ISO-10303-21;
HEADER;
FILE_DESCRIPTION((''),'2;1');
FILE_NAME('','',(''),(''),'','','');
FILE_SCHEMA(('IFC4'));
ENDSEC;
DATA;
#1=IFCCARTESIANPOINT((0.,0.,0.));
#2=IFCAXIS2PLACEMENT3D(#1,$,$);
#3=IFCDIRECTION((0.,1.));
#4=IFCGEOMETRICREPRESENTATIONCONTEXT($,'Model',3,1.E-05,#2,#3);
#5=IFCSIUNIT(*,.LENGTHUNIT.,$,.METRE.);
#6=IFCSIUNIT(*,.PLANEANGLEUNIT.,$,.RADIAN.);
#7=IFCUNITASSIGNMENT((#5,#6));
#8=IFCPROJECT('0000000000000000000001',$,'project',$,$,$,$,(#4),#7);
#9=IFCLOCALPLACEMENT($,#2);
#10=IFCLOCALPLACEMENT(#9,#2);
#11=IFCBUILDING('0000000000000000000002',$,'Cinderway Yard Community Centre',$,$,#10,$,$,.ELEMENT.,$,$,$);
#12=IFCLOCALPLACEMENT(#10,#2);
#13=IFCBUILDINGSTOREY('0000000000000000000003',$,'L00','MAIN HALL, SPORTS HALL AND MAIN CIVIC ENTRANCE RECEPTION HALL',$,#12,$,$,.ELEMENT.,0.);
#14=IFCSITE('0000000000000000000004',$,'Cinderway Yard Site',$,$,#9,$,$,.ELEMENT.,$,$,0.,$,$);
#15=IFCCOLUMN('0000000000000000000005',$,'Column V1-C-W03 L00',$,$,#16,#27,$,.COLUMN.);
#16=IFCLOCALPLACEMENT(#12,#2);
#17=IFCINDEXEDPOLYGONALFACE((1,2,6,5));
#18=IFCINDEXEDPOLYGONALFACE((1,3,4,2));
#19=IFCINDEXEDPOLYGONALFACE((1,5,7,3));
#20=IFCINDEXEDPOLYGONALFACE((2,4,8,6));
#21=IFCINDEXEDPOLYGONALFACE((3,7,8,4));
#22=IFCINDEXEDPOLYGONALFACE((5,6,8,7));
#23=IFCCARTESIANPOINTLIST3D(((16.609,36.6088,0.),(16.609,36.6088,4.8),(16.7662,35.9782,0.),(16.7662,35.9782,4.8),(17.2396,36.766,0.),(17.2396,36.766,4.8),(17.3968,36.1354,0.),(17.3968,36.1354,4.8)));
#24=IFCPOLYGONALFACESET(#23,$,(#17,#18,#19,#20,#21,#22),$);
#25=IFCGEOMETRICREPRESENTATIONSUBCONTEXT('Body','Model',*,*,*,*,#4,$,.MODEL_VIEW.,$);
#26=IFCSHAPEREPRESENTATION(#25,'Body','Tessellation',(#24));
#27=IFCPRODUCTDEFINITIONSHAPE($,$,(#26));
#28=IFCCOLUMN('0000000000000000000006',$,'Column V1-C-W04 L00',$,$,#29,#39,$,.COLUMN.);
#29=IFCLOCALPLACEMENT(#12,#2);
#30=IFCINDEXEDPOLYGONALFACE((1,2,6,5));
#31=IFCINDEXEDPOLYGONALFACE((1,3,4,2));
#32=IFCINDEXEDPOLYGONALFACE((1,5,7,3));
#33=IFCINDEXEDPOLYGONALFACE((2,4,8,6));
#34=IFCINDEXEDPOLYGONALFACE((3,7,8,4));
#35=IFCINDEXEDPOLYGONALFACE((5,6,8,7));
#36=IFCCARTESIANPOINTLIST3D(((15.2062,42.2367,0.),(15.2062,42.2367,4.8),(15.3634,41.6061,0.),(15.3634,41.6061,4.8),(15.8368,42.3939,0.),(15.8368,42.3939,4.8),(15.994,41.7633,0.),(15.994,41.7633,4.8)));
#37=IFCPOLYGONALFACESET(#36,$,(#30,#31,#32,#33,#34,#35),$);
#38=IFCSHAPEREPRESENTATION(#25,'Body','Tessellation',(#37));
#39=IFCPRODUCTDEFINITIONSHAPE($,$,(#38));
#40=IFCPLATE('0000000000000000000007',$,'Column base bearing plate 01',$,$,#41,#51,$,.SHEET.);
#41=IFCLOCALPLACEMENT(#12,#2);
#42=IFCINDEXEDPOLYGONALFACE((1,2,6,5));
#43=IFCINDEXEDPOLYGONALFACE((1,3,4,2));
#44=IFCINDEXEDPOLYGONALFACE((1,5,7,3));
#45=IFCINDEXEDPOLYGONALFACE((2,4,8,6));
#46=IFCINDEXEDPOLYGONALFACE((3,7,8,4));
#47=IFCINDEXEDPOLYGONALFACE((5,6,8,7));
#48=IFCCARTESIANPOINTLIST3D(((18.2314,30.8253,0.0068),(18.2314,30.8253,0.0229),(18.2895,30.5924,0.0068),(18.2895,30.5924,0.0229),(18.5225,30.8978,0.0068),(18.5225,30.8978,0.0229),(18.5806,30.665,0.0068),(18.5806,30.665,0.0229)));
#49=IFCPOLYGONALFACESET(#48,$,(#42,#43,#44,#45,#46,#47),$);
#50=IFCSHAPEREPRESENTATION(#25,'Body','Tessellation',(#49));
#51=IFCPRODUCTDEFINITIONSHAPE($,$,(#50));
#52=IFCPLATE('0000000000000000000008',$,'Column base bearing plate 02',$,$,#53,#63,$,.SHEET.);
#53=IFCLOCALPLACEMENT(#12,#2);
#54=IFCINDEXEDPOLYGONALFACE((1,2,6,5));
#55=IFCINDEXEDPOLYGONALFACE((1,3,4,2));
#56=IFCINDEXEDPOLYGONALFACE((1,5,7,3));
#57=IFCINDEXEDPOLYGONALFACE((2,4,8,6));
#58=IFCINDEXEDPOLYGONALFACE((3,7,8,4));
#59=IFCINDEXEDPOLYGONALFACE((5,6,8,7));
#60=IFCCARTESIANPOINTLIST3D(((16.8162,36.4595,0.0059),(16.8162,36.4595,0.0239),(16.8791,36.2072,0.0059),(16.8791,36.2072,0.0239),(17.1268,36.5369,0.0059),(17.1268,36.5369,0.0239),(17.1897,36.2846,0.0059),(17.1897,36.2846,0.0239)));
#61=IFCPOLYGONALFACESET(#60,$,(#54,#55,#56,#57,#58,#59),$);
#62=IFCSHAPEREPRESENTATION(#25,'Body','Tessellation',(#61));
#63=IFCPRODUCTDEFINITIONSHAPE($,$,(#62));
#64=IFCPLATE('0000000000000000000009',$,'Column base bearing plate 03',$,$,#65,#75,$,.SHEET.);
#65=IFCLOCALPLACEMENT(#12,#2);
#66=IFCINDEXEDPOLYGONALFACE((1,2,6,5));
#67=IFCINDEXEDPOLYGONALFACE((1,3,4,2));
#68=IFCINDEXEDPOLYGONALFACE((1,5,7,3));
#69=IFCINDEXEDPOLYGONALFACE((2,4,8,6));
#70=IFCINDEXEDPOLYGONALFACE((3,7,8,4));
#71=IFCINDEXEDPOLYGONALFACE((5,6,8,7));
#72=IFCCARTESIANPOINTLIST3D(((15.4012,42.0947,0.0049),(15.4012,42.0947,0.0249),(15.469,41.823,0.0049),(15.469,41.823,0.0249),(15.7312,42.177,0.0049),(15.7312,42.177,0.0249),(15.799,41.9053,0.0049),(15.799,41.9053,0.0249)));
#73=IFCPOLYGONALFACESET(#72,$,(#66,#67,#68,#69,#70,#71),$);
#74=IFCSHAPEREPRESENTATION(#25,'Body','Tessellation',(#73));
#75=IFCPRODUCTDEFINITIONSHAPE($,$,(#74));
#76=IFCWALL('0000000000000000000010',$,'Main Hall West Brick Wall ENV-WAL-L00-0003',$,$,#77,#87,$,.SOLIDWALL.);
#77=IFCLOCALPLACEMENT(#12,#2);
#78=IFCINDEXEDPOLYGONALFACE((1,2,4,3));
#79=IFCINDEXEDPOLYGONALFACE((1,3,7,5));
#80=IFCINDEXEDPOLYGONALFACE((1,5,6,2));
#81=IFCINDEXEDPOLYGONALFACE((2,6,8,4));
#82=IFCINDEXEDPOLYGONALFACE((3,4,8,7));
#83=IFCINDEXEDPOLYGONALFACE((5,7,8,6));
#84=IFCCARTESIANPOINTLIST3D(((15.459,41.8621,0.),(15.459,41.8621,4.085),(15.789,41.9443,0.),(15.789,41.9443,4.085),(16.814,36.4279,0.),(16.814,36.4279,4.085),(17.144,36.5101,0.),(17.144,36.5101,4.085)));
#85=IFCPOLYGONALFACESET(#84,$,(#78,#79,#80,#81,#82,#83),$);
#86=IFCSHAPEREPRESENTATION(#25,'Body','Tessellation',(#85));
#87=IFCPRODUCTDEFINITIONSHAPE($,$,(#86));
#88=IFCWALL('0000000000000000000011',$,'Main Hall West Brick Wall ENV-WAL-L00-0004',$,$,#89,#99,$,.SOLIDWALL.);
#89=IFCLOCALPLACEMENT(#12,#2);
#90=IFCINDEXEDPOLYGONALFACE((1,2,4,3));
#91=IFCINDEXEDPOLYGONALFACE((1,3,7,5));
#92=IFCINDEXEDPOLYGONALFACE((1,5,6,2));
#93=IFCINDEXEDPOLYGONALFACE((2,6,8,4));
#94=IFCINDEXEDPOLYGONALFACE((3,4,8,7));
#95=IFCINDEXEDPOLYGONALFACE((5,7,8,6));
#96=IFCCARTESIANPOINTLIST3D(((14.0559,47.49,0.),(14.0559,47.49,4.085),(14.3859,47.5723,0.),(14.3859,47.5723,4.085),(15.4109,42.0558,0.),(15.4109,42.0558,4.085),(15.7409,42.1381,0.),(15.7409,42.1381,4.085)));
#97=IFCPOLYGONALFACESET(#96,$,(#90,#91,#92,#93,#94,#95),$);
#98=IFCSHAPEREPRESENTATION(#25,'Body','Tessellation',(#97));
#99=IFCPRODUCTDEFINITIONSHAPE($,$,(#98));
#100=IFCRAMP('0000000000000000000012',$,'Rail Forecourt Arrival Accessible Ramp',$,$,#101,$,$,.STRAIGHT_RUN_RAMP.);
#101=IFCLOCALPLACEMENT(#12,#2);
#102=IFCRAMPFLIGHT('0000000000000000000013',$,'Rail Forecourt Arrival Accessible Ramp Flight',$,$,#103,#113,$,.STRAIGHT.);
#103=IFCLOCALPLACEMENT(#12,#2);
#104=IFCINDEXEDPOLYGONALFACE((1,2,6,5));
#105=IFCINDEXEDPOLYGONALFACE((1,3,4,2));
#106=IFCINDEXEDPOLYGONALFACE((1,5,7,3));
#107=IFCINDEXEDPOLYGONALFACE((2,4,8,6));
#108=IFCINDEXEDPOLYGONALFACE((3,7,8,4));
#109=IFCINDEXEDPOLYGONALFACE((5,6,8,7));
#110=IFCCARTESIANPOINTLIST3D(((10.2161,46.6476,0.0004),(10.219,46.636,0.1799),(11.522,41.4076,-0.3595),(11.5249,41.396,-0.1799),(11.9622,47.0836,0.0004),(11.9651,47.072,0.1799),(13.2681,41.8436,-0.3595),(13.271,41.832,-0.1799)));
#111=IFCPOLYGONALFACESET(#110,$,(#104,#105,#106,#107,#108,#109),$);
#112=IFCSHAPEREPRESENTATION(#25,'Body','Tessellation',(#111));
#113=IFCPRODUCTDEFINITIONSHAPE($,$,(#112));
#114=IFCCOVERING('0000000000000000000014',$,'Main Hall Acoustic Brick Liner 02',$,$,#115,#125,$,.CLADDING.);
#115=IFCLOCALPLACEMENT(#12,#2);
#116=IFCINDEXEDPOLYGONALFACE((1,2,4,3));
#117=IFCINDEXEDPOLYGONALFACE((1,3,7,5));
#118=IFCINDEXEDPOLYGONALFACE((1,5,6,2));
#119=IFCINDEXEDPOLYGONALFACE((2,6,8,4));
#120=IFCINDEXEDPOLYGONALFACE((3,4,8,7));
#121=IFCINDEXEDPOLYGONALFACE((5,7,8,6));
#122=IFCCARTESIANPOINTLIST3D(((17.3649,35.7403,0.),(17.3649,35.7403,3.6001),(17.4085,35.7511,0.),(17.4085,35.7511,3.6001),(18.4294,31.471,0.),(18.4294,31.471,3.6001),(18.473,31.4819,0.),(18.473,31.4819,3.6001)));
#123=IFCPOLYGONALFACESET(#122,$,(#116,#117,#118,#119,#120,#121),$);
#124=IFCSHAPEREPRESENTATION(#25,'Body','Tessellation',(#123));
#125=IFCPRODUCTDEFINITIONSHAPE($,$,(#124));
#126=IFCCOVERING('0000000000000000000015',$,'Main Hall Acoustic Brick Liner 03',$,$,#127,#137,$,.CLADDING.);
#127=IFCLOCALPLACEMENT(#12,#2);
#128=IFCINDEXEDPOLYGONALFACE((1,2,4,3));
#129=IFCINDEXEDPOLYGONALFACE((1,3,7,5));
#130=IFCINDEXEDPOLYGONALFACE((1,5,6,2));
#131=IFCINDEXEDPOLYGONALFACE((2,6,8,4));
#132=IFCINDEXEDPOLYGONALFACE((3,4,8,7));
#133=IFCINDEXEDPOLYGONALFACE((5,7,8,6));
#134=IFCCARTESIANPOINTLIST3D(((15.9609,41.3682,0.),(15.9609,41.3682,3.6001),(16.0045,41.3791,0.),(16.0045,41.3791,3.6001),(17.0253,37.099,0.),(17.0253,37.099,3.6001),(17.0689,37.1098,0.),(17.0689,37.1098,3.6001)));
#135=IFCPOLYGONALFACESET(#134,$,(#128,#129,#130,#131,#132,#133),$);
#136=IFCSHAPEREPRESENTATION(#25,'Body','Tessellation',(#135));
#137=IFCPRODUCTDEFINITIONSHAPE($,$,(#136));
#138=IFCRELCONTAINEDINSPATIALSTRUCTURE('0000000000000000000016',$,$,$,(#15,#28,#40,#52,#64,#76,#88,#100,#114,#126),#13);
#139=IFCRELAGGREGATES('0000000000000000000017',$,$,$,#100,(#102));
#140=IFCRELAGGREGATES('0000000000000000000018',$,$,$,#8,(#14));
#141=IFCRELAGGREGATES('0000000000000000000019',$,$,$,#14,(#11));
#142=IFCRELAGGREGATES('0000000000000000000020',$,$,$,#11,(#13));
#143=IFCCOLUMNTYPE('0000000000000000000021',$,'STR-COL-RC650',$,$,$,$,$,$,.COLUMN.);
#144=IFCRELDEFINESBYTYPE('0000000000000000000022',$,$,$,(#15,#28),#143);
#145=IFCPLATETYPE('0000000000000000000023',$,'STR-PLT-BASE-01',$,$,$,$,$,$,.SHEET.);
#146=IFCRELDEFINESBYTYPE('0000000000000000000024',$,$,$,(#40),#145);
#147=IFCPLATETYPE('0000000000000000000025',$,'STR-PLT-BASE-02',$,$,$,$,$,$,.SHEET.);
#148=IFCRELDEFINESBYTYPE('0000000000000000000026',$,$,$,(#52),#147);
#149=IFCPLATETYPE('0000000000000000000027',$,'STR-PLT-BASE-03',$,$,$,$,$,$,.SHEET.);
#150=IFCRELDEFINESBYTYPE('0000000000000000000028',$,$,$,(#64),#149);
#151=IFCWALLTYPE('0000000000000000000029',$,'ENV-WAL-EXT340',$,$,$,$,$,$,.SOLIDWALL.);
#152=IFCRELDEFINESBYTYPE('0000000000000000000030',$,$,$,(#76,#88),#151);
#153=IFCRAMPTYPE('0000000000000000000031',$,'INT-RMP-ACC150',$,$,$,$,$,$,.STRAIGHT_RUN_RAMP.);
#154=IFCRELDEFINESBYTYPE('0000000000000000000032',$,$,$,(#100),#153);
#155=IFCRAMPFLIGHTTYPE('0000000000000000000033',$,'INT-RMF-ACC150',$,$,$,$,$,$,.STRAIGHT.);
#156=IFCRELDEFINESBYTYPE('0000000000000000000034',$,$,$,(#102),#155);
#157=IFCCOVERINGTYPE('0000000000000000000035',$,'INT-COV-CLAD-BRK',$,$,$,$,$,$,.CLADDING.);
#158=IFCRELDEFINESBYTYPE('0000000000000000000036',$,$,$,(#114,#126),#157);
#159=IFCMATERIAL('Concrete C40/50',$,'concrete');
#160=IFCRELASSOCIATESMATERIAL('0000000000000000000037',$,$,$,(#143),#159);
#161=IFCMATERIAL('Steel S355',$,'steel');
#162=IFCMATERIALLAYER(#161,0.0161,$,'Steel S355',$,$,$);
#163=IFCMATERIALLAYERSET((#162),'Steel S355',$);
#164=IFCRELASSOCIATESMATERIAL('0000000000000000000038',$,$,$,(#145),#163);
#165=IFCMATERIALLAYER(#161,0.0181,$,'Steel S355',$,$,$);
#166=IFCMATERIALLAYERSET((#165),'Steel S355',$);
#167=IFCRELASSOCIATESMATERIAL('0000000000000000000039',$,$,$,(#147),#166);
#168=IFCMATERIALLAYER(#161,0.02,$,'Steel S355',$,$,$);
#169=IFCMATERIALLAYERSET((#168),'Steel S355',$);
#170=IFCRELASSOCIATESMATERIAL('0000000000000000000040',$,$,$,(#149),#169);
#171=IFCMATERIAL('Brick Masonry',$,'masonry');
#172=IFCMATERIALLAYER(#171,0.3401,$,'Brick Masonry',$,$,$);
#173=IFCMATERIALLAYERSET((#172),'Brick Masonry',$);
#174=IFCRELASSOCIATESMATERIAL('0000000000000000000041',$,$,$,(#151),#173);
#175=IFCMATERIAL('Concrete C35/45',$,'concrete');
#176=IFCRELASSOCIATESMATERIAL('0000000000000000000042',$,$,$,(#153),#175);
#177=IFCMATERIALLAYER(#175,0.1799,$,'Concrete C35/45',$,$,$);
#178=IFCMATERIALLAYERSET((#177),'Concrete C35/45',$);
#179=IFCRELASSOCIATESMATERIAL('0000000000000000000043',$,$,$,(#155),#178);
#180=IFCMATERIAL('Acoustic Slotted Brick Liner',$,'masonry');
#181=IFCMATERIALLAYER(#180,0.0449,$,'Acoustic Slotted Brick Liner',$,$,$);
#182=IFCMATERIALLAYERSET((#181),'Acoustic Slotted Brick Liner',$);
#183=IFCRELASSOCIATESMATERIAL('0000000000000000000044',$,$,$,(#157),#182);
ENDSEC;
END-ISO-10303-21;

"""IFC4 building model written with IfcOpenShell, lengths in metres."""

from ifc_helpers import new_model, si_unit, direction, frame, frame_2d, origin, origin_2d, place, context, subcontext, project, spatial, polyline, rectangle, outline, extrude, material, layer, layer_set, material_profile, profile_set, type_object, element, aggregate, save


model = new_model("IFC4")

# Units and contexts
model_context = context("Model", 3, precision=1e-05, world=origin(), true_north=direction((0.0, 1.0)))
body_context = subcontext(model_context, "Body", "Model", "MODEL_VIEW")
ifc_project = project(units=[si_unit("LENGTHUNIT", "METRE"), si_unit("PLANEANGLEUNIT", "RADIAN")], contexts=[model_context])

# Site, building, storey
site_placement = place(None, origin())
site = spatial("IfcSite", under=ifc_project, at=site_placement, Name="Cinderway Yard Site", CompositionType="ELEMENT", RefElevation=0.0)
building_placement = place(site_placement, origin())
building = spatial("IfcBuilding", under=site, at=building_placement, Name="Cinderway Yard Community Centre", CompositionType="ELEMENT")
storey_placement = place(building_placement, origin())
storey = spatial("IfcBuildingStorey", under=building, at=storey_placement, Name="L00", Description="MAIN HALL, SPORTS HALL AND MAIN CIVIC ENTRANCE RECEPTION HALL", CompositionType="ELEMENT", Elevation=0.0)

# Shared definitions
ifc_material_1 = material(Name="Concrete C40/50", Category="concrete")

# Columns
ifc_material_profile_1 = material_profile(ifc_material_1, rectangle(XDim=0.6499, YDim=0.6499, at=origin_2d()), Name="Concrete C40/50")
ifc_profile_set_1 = profile_set([ifc_material_profile_1], Name="Concrete C40/50")
column_type = type_object("IfcColumnType", Name="STR-COL-RC650", PredefinedType="COLUMN", material=ifc_profile_set_1)
for number, where, z_axis, x_axis, name in (
    (1, (17.0029, 36.3721, 0.0), (0.0, 0.0, 1.0), (0.970296, 0.241922, 0.0), "Column V1-C-W03 L00"),
    (2, (15.6001, 42.0, 0.0), (0.0, 0.0, 1.0), (0.970296, 0.241922, 0.0), "Column V1-C-W04 L00"),
):
    element("IfcColumn", number, at=place(storey_placement, frame(where, z_axis=z_axis, x_axis=x_axis)), inside=storey, type_object=column_type, Name=name, PredefinedType="COLUMN", context=body_context, shape_type="SweptSolid", body=[
        extrude(rectangle(XDim=0.6499, YDim=0.6499, at=origin_2d()), origin(), (0.0, 0.0, 1.0), 4.8),
    ])

# Plates
ifc_material_2 = material(Name="Steel S355", Category="steel")
ifc_layer_1 = layer(ifc_material_2, 0.0161, Name="Steel S355")
ifc_layer_set_1 = layer_set([ifc_layer_1], Name="Steel S355")
plate_type_1 = type_object("IfcPlateType", Name="STR-PLT-BASE-01", PredefinedType="SHEET", material=ifc_layer_set_1)
plate_1_placement = place(storey_placement, frame((18.406, 30.7451, 0.0068), z_axis=(0.0, 0.0, 1.0), x_axis=(0.970296, 0.241922, 0.0)))
element("IfcPlate", 3, at=plate_1_placement, inside=storey, type_object=plate_type_1, Name="Column base bearing plate 01", PredefinedType="SHEET", context=body_context, shape_type="SweptSolid", body=[
    extrude(rectangle(XDim=0.3, YDim=0.24, at=origin_2d()), origin(), (0.0, 0.0, 1.0), 0.0161),
])
ifc_layer_2 = layer(ifc_material_2, 0.0181, Name="Steel S355")
ifc_layer_set_2 = layer_set([ifc_layer_2], Name="Steel S355")
plate_type_2 = type_object("IfcPlateType", Name="STR-PLT-BASE-02", PredefinedType="SHEET", material=ifc_layer_set_2)
plate_2_placement = place(storey_placement, frame((17.0029, 36.3721, 0.0059), z_axis=(0.0, 0.0, 1.0), x_axis=(0.970296, 0.241922, 0.0)))
element("IfcPlate", 4, at=plate_2_placement, inside=storey, type_object=plate_type_2, Name="Column base bearing plate 02", PredefinedType="SHEET", context=body_context, shape_type="SweptSolid", body=[
    extrude(rectangle(XDim=0.3201, YDim=0.26, at=origin_2d()), origin(), (0.0, 0.0, 1.0), 0.0181),
])
ifc_layer_3 = layer(ifc_material_2, 0.02, Name="Steel S355")
ifc_layer_set_3 = layer_set([ifc_layer_3], Name="Steel S355")
plate_type_3 = type_object("IfcPlateType", Name="STR-PLT-BASE-03", PredefinedType="SHEET", material=ifc_layer_set_3)
plate_3_placement = place(storey_placement, frame((15.6001, 42.0, 0.0049), z_axis=(0.0, 0.0, 1.0), x_axis=(0.970296, 0.241922, 0.0)))
element("IfcPlate", 5, at=plate_3_placement, inside=storey, type_object=plate_type_3, Name="Column base bearing plate 03", PredefinedType="SHEET", context=body_context, shape_type="SweptSolid", body=[
    extrude(rectangle(XDim=0.3401, YDim=0.28, at=origin_2d()), origin(), (0.0, 0.0, 1.0), 0.02),
])

# Shared definitions
ifc_material_3 = material(Name="Brick Masonry", Category="masonry")
ifc_layer_4 = layer(ifc_material_3, 0.3401, Name="Brick Masonry")
ifc_layer_set_4 = layer_set([ifc_layer_4], Name="Brick Masonry")
wall_type = type_object("IfcWallType", Name="ENV-WAL-EXT340", PredefinedType="SOLIDWALL", material=ifc_layer_set_4)

# Walls
for number, where, z_axis, x_axis, name in (
    (6, (16.979, 36.469, 0.0), (0.0, 0.0, 1.0), (-0.241941, 0.970291, 0.0), "Main Hall West Brick Wall ENV-WAL-L00-0003"),
    (7, (15.5759, 42.0969, 0.0), (0.0, 0.0, 1.0), (-0.241941, 0.970291, 0.0), "Main Hall West Brick Wall ENV-WAL-L00-0004"),
):
    element("IfcWall", number, at=place(storey_placement, frame(where, z_axis=z_axis, x_axis=x_axis)), inside=storey, type_object=wall_type, Name=name, PredefinedType="SOLIDWALL", context=body_context, shape_type="SweptSolid", body=[
        extrude(rectangle(XDim=5.6006, YDim=0.3401, at=frame_2d((2.8003, 0.0))), origin(), (0.0, 0.0, 1.0), 4.085),
    ])

# Ramp, ramp flight
ifc_material_4 = material(Name="Concrete C35/45", Category="concrete")
ramp_type = type_object("IfcRampType", Name="INT-RMP-ACC150", PredefinedType="STRAIGHT_RUN_RAMP", material=ifc_material_4)
ramp_placement = place(storey_placement, origin())
ramp = element("IfcRamp", 8, at=ramp_placement, inside=storey, type_object=ramp_type, Name="Rail Forecourt Arrival Accessible Ramp", PredefinedType="STRAIGHT_RUN_RAMP")
ifc_layer_5 = layer(ifc_material_4, 0.1799, Name="Concrete C35/45")
ifc_layer_set_5 = layer_set([ifc_layer_5], Name="Concrete C35/45")
ramp_flight_type = type_object("IfcRampFlightType", Name="INT-RMF-ACC150", PredefinedType="STRAIGHT", material=ifc_layer_set_5)
ramp_flight_placement = place(storey_placement, frame((13.271, 41.832, -0.1799), z_axis=(0.016109, -0.06451, 0.997787), x_axis=(-0.970206, -0.24228, 0.0)))
ramp_flight = element("IfcRampFlight", 9, at=ramp_flight_placement, type_object=ramp_flight_type, Name="Rail Forecourt Arrival Accessible Ramp Flight", PredefinedType="STRAIGHT", context=body_context, shape_type="SweptSolid", body=[
    extrude(outline(polyline([(0.0, 0.0), (1.7997, 0.0), (1.7972, -5.4122), (-0.0025, -5.4122), (0.0, 0.0)])), origin(), (0.0, 0.0, -1.0), 0.1799),
])
aggregate(ramp, [ramp_flight])

# Coverings
ifc_material_5 = material(Name="Acoustic Slotted Brick Liner", Category="masonry")
ifc_layer_6 = layer(ifc_material_5, 0.0449, Name="Acoustic Slotted Brick Liner")
ifc_layer_set_6 = layer_set([ifc_layer_6], Name="Acoustic Slotted Brick Liner")
covering_type = type_object("IfcCoveringType", Name="INT-COV-CLAD-BRK", PredefinedType="CLADDING", material=ifc_layer_set_6)
for number, where, z_axis, x_axis, name in (
    (10, (17.9189, 33.6111, 0.0), (0.0, 0.0, 1.0), (0.970296, 0.241922, 0.0), "Main Hall Acoustic Brick Liner 02"),
    (11, (16.5149, 39.239, 0.0), (0.0, 0.0, 1.0), (0.970296, 0.241922, 0.0), "Main Hall Acoustic Brick Liner 03"),
):
    element("IfcCovering", number, at=place(storey_placement, frame(where, z_axis=z_axis, x_axis=x_axis)), inside=storey, type_object=covering_type, Name=name, PredefinedType="CLADDING", context=body_context, shape_type="SweptSolid", body=[
        extrude(rectangle(XDim=0.0449, YDim=4.3999, at=origin_2d()), origin(), (0.0, 0.0, 1.0), 3.6001),
    ])

save(model, "model.ifc")
